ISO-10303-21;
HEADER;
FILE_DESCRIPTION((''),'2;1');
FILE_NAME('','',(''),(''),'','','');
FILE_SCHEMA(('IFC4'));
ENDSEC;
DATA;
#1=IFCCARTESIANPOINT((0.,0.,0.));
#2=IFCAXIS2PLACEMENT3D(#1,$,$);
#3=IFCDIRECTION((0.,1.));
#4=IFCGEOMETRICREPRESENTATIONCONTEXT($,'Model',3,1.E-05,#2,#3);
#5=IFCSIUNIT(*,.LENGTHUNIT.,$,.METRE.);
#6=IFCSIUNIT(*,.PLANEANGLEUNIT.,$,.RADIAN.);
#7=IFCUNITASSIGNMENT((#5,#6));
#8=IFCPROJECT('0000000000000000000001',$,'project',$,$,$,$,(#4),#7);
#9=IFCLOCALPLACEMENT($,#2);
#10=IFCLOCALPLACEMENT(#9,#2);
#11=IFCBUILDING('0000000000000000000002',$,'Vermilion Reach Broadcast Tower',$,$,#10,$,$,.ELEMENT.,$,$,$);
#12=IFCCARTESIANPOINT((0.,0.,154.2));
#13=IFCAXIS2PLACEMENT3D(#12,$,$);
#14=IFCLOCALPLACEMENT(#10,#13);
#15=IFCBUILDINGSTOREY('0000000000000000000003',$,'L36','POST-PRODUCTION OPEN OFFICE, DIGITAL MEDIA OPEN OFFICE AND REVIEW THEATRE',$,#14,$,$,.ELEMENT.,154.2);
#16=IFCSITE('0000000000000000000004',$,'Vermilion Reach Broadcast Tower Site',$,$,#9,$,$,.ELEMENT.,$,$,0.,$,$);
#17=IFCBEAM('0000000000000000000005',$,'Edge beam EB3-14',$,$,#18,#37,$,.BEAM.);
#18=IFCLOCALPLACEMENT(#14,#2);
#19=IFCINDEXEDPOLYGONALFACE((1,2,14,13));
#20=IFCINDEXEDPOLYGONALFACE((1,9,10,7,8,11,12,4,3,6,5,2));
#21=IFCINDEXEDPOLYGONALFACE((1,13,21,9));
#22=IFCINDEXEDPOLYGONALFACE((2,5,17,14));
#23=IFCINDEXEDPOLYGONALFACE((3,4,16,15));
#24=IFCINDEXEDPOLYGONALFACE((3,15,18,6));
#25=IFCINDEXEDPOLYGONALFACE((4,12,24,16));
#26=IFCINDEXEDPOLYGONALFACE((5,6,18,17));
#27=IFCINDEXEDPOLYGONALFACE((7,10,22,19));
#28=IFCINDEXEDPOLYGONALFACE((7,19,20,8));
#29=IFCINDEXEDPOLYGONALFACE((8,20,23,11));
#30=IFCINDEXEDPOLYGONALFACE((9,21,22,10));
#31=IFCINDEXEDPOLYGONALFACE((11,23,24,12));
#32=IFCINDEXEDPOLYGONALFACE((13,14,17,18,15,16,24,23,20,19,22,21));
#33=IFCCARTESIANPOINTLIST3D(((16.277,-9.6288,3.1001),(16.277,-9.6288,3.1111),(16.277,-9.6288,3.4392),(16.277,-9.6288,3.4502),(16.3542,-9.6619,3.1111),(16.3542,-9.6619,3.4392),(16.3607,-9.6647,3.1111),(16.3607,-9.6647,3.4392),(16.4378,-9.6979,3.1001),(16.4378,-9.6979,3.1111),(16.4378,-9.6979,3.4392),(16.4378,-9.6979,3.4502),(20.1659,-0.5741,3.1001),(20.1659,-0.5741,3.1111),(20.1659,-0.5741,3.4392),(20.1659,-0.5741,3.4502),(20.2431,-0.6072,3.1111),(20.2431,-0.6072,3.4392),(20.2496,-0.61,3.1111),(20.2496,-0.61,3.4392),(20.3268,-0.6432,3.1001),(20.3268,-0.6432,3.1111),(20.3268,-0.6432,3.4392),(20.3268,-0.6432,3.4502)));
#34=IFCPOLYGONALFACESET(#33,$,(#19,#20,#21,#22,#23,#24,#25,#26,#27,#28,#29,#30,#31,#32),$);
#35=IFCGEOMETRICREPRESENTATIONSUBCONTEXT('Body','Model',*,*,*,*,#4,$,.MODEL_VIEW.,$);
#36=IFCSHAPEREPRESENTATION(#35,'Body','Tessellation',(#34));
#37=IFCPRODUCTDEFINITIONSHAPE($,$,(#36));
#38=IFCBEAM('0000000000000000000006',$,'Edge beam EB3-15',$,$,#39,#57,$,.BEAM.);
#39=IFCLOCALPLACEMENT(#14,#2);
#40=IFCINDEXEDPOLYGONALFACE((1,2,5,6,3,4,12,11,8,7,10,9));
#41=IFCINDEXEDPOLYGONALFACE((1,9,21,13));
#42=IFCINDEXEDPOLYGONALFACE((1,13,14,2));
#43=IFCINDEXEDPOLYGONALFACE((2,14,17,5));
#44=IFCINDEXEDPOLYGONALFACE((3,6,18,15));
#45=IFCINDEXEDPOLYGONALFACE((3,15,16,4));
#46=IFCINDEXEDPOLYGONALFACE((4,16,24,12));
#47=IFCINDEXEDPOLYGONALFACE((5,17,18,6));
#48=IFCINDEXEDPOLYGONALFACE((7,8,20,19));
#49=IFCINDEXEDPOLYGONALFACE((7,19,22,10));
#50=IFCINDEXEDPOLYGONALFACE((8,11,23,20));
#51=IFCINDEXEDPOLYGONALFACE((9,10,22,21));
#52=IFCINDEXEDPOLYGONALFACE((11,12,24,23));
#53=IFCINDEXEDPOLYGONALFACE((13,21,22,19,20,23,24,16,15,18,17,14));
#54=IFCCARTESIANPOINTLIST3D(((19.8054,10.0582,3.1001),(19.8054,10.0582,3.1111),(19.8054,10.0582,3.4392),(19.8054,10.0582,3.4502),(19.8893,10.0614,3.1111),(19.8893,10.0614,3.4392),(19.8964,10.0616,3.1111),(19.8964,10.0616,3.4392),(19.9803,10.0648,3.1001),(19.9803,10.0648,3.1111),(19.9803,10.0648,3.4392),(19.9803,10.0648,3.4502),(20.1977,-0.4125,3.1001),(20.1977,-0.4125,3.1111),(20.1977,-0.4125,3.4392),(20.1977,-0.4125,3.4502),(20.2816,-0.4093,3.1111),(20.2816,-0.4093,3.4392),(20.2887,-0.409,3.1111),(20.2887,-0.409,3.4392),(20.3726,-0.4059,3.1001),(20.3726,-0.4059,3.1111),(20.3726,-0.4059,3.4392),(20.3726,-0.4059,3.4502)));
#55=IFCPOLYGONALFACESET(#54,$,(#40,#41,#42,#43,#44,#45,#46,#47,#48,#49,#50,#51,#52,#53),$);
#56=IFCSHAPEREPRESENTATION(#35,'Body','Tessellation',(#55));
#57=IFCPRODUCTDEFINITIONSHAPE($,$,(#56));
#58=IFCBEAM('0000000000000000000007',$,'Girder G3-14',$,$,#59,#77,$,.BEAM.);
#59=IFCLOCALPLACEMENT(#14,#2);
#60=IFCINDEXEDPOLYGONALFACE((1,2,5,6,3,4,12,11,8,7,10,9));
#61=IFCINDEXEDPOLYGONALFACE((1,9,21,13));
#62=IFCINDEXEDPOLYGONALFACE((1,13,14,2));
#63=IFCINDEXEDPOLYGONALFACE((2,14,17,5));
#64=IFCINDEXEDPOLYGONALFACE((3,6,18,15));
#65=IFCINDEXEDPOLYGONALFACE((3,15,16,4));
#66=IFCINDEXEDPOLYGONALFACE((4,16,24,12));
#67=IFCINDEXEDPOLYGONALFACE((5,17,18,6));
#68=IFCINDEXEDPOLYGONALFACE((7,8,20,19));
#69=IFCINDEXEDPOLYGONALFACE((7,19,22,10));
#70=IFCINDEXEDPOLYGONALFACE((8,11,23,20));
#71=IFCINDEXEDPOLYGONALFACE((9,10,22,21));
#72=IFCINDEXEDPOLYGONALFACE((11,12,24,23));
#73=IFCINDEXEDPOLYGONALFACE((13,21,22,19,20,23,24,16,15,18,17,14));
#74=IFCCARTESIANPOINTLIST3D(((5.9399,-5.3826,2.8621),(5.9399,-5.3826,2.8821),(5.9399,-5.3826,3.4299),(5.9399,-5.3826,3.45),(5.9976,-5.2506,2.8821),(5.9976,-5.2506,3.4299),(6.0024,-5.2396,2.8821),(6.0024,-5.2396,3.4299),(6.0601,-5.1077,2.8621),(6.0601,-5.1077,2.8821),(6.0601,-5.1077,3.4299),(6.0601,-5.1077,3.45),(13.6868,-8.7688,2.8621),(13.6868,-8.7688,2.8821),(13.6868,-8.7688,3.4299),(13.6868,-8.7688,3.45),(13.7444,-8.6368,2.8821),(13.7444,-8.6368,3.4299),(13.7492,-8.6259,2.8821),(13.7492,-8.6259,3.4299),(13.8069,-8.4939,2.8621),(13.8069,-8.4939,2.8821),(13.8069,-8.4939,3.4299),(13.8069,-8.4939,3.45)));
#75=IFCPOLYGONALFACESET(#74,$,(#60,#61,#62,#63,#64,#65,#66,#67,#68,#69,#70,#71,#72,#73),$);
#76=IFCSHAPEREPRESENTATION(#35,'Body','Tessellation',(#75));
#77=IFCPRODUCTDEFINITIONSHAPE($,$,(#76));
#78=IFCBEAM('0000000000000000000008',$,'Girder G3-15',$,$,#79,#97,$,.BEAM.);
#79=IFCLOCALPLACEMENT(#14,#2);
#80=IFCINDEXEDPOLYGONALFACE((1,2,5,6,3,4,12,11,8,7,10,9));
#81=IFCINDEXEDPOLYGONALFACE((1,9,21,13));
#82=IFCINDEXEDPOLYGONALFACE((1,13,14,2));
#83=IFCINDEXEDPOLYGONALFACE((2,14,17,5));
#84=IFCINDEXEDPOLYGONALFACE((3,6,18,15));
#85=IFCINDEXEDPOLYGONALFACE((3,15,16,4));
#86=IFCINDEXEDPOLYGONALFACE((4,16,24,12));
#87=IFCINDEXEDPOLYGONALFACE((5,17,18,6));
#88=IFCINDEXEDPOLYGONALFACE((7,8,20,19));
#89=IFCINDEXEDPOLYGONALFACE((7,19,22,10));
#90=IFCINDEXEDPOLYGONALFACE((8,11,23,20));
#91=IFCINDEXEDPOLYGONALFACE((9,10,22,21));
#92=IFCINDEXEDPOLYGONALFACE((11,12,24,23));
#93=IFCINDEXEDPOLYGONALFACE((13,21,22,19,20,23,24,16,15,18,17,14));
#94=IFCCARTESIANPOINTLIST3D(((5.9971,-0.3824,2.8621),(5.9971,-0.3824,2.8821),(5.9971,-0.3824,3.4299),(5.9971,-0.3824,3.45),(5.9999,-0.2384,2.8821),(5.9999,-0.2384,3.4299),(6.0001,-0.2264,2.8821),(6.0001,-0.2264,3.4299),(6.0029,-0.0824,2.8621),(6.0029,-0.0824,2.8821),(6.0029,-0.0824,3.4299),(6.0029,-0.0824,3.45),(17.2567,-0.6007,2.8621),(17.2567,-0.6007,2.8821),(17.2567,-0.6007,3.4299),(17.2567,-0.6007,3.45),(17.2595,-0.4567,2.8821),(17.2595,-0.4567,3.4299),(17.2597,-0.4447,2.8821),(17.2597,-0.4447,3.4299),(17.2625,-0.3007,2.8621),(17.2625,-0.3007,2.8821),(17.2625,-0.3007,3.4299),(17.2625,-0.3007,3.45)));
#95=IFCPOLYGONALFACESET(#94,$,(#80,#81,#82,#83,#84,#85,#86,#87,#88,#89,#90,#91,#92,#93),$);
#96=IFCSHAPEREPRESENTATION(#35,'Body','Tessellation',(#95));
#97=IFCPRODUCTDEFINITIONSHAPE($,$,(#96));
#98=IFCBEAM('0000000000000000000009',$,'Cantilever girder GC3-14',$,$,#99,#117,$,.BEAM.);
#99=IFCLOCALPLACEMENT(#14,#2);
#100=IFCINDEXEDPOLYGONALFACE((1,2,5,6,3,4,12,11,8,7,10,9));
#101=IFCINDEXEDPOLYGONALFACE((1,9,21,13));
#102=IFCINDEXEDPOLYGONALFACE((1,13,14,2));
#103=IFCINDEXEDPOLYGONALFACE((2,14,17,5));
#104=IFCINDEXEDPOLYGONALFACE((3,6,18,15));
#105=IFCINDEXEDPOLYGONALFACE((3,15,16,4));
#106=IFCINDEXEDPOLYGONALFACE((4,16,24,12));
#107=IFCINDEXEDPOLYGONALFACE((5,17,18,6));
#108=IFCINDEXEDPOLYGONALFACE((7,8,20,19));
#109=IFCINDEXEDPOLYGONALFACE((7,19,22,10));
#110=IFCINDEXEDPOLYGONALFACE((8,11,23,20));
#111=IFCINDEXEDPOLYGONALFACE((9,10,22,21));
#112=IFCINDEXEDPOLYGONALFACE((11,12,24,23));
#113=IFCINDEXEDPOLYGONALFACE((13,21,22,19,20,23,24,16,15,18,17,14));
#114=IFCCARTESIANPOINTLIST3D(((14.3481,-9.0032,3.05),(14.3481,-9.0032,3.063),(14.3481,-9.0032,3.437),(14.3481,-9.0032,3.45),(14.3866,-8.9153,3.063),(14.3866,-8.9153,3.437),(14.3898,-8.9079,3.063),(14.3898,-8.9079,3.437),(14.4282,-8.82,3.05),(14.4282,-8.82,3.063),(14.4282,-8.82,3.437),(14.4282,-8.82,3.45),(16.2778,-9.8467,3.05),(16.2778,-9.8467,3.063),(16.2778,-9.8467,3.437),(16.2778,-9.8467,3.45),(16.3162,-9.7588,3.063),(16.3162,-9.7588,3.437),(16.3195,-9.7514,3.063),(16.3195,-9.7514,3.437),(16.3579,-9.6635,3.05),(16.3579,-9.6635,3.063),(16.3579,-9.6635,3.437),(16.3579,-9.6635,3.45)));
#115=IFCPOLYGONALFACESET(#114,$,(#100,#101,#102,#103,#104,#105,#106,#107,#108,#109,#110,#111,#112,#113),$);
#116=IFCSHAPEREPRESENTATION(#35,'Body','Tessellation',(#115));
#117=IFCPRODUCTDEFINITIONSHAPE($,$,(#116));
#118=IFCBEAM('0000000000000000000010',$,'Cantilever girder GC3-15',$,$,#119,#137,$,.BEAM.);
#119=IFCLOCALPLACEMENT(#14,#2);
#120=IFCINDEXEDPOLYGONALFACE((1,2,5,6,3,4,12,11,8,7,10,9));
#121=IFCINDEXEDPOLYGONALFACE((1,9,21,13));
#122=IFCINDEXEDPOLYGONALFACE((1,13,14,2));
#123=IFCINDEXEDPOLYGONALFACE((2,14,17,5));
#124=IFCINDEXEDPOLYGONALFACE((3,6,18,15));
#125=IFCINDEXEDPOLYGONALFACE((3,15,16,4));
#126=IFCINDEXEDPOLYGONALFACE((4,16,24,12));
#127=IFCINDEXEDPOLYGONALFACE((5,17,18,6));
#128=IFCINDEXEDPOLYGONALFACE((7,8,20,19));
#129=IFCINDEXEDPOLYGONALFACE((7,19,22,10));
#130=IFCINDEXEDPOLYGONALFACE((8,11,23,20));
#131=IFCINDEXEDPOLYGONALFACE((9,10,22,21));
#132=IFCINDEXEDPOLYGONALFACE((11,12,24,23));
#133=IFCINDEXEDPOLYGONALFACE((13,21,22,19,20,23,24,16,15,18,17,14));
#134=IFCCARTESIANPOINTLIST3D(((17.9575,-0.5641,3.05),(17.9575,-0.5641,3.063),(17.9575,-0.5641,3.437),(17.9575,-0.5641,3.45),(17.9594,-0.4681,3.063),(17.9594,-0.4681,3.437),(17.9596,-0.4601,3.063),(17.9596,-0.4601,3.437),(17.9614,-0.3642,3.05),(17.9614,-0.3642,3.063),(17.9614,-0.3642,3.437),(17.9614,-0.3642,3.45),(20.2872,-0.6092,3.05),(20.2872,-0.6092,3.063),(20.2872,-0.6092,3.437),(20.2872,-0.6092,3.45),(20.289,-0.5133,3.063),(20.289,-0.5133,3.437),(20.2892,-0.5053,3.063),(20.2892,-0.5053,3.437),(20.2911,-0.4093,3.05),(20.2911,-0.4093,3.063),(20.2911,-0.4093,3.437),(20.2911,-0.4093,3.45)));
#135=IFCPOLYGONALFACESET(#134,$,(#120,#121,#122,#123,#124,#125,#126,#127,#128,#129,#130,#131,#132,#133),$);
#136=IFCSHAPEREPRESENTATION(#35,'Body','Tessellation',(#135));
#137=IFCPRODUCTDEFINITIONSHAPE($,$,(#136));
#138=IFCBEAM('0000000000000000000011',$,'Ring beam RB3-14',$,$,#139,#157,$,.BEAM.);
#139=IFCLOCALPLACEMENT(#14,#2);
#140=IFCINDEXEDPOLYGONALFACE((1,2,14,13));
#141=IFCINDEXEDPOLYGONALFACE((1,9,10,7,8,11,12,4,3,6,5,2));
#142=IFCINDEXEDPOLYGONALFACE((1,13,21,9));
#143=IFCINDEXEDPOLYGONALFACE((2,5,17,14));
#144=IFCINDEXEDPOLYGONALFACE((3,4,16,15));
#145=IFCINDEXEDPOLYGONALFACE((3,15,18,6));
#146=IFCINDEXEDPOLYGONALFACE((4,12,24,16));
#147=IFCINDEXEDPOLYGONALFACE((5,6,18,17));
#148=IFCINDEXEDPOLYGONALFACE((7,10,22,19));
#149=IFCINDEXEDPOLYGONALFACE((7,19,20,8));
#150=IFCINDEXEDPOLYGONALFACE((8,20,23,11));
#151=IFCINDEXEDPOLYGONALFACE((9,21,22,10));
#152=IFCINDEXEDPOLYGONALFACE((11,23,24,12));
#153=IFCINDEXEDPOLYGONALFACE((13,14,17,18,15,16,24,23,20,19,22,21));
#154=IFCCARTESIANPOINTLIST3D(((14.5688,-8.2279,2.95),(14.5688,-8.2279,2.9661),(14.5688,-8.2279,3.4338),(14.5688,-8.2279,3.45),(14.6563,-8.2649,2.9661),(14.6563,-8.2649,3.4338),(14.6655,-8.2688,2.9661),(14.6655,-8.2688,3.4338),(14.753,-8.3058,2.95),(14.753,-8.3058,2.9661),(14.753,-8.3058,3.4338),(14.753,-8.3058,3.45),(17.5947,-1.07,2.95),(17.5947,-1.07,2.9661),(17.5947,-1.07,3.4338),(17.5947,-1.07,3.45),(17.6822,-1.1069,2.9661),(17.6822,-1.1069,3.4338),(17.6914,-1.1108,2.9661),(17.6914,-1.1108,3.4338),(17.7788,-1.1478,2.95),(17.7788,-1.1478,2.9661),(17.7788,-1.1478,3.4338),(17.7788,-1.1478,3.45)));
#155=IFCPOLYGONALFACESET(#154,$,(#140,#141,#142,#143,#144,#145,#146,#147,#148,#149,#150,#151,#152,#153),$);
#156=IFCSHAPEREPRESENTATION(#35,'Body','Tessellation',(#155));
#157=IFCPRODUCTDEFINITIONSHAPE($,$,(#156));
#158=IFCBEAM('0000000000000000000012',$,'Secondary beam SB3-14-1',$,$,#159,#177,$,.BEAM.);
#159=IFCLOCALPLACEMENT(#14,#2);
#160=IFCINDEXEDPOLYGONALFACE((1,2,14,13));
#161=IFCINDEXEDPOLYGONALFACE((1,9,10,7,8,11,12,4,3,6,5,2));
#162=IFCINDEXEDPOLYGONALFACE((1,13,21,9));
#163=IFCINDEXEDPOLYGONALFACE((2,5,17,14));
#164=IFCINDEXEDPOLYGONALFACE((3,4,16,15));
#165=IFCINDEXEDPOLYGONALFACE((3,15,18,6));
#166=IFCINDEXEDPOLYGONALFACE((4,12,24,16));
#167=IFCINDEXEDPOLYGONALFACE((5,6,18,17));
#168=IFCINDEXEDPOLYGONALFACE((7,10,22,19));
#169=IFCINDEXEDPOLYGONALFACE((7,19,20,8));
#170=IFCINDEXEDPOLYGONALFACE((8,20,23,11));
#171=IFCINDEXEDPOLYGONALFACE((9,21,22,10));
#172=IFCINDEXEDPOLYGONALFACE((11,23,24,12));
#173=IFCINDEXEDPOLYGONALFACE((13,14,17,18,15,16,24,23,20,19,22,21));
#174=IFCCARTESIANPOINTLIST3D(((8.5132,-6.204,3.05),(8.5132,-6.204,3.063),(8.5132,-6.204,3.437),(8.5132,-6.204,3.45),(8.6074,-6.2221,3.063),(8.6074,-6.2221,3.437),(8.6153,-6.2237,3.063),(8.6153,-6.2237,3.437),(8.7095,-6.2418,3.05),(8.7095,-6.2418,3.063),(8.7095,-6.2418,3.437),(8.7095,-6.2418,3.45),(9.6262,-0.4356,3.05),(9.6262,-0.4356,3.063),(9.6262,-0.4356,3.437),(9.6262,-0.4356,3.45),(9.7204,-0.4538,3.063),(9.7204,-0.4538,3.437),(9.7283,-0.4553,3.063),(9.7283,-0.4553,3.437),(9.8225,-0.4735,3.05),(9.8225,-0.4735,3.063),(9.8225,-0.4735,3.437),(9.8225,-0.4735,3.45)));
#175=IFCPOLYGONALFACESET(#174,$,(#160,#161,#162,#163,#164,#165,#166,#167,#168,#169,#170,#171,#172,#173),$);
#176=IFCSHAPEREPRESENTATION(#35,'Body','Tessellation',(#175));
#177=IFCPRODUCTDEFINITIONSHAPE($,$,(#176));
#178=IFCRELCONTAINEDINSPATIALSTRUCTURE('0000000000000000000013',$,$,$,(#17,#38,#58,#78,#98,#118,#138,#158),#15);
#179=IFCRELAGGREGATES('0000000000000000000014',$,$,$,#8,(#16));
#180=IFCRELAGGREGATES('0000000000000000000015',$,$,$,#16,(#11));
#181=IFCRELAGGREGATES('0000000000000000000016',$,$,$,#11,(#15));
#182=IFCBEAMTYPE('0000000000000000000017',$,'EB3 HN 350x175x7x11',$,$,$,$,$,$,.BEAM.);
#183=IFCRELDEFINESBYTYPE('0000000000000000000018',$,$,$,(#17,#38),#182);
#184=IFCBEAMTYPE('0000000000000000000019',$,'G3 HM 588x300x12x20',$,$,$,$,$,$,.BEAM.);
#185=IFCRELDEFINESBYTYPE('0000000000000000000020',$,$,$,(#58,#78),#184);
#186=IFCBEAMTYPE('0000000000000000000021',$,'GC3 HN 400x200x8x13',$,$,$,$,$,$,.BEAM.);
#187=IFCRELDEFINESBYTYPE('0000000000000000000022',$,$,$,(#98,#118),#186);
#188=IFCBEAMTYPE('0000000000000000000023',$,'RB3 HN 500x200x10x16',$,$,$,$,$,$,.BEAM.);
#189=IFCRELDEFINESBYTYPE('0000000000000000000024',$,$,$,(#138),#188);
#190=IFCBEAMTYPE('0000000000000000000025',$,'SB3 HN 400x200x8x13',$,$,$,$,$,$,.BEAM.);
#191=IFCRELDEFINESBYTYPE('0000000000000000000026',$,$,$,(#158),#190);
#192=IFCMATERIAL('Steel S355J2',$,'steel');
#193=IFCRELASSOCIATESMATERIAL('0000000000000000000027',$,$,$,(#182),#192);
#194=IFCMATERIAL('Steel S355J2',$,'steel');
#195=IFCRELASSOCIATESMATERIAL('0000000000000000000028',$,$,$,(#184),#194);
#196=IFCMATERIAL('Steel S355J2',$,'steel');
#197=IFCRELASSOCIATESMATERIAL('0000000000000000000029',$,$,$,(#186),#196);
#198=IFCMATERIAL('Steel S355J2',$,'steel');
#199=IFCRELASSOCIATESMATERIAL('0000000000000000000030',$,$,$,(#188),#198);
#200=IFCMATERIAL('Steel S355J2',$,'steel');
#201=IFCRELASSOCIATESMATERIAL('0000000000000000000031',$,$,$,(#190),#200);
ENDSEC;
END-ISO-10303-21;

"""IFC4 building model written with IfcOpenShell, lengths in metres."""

from ifc_helpers import new_model, si_unit, direction, frame, origin, origin_2d, place, context, subcontext, project, spatial, i_section, extrude, material, material_profile, profile_set, type_object, element, save


model = new_model("IFC4")

# Units and contexts
model_context = context("Model", 3, precision=1e-05, world=origin(), true_north=direction((0.0, 1.0)))
body_context = subcontext(model_context, "Body", "Model", "MODEL_VIEW")
ifc_project = project(units=[si_unit("LENGTHUNIT", "METRE"), si_unit("PLANEANGLEUNIT", "RADIAN")], contexts=[model_context])

# Site, building, storey
site_placement = place(None, origin())
site = spatial("IfcSite", under=ifc_project, at=site_placement, Name="Vermilion Reach Broadcast Tower Site", CompositionType="ELEMENT", RefElevation=0.0)
building_placement = place(site_placement, origin())
building = spatial("IfcBuilding", under=site, at=building_placement, Name="Vermilion Reach Broadcast Tower", CompositionType="ELEMENT")
storey_placement = place(building_placement, frame((0.0, 0.0, 154.2)))
storey = spatial("IfcBuildingStorey", under=building, at=storey_placement, Name="L36", Description="POST-PRODUCTION OPEN OFFICE, DIGITAL MEDIA OPEN OFFICE AND REVIEW THEATRE", CompositionType="ELEMENT", Elevation=154.2)

# Beams
ifc_material_1 = material(Name="Steel S355J2", Category="steel")
ifc_material_profile_1 = material_profile(ifc_material_1, i_section(OverallWidth=0.175, OverallDepth=0.3501, WebThickness=0.0071, FlangeThickness=0.011, at=origin_2d()), Name="S355J2 HN 350x175x7x11")
ifc_profile_set_1 = profile_set([ifc_material_profile_1], Name="Steel S355J2")
beam_type_1 = type_object("IfcBeamType", Name="EB3 HN 350x175x7x11", PredefinedType="BEAM", material=ifc_profile_set_1)
beam_1_placement = place(storey_placement, frame((16.3574, -9.6633, 3.2751), z_axis=(0.394634, 0.918838, 0.0), x_axis=(-0.918838, 0.394634, 0.0)))
element("IfcBeam", 1, at=beam_1_placement, inside=storey, type_object=beam_type_1, Name="Edge beam EB3-14", PredefinedType="BEAM", context=body_context, shape_type="SweptSolid", body=[
    extrude(i_section(OverallWidth=0.175, OverallDepth=0.3501, WebThickness=0.0071, FlangeThickness=0.011, at=origin_2d()), origin(), (0.0, 0.0, 1.0), 9.8545),
])
beam_2_placement = place(storey_placement, frame((20.2852, -0.4092, 3.2751), z_axis=(-0.037443, 0.999299, 0.0), x_axis=(-0.999299, -0.037443, 0.0)))
element("IfcBeam", 2, at=beam_2_placement, inside=storey, type_object=beam_type_1, Name="Edge beam EB3-15", PredefinedType="BEAM", context=body_context, shape_type="SweptSolid", body=[
    extrude(i_section(OverallWidth=0.175, OverallDepth=0.3501, WebThickness=0.0071, FlangeThickness=0.011, at=origin_2d()), origin(), (0.0, 0.0, 1.0), 10.478),
])
ifc_material_2 = material(Name="Steel S355J2", Category="steel")
ifc_material_profile_2 = material_profile(ifc_material_2, i_section(OverallWidth=0.3, OverallDepth=0.5879, WebThickness=0.012, FlangeThickness=0.02, at=origin_2d()), Name="S355J2 HM 588x300x12x20")
ifc_profile_set_2 = profile_set([ifc_material_profile_2], Name="Steel S355J2")
beam_type_2 = type_object("IfcBeamType", Name="G3 HM 588x300x12x20", PredefinedType="BEAM", material=ifc_profile_set_2)
beam_3_placement = place(storey_placement, frame((6.0, -5.2451, 3.156), z_axis=(0.916288, -0.40052, 0.0), x_axis=(0.40052, 0.916288, 0.0)))
element("IfcBeam", 3, at=beam_3_placement, inside=storey, type_object=beam_type_2, Name="Girder G3-14", PredefinedType="BEAM", context=body_context, shape_type="SweptSolid", body=[
    extrude(i_section(OverallWidth=0.3, OverallDepth=0.5879, WebThickness=0.012, FlangeThickness=0.02, at=origin_2d()), origin(), (0.0, 0.0, 1.0), 8.4546),
])
beam_4_placement = place(storey_placement, frame((6.0, -0.2324, 3.156), z_axis=(0.999812, -0.019381, 0.0), x_axis=(0.019381, 0.999812, 0.0)))
element("IfcBeam", 4, at=beam_4_placement, inside=storey, type_object=beam_type_2, Name="Girder G3-15", PredefinedType="BEAM", context=body_context, shape_type="SweptSolid", body=[
    extrude(i_section(OverallWidth=0.3, OverallDepth=0.5879, WebThickness=0.012, FlangeThickness=0.02, at=origin_2d()), origin(), (0.0, 0.0, 1.0), 11.2617),
])
ifc_material_3 = material(Name="Steel S355J2", Category="steel")
ifc_material_profile_3 = material_profile(ifc_material_3, i_section(OverallWidth=0.2, OverallDepth=0.3999, WebThickness=0.0081, FlangeThickness=0.0129, at=origin_2d()), Name="S355J2 HN 400x200x8x13")
ifc_profile_set_3 = profile_set([ifc_material_profile_3], Name="Steel S355J2")
beam_type_3 = type_object("IfcBeamType", Name="GC3 HN 400x200x8x13", PredefinedType="BEAM", material=ifc_profile_set_3)
beam_5_placement = place(storey_placement, frame((14.3882, -8.9116, 3.25), z_axis=(0.916285, -0.400527, 0.0), x_axis=(0.400527, 0.916285, 0.0)))
element("IfcBeam", 5, at=beam_5_placement, inside=storey, type_object=beam_type_3, Name="Cantilever girder GC3-14", PredefinedType="BEAM", context=body_context, shape_type="SweptSolid", body=[
    extrude(i_section(OverallWidth=0.2, OverallDepth=0.3999, WebThickness=0.0081, FlangeThickness=0.0129, at=origin_2d()), origin(), (0.0, 0.0, 1.0), 2.106),
])
beam_6_placement = place(storey_placement, frame((17.9595, -0.4641, 3.25), z_axis=(0.999812, -0.019384, 0.0), x_axis=(0.019384, 0.999812, 0.0)))
element("IfcBeam", 6, at=beam_6_placement, inside=storey, type_object=beam_type_3, Name="Cantilever girder GC3-15", PredefinedType="BEAM", context=body_context, shape_type="SweptSolid", body=[
    extrude(i_section(OverallWidth=0.2, OverallDepth=0.3999, WebThickness=0.0081, FlangeThickness=0.0129, at=origin_2d()), origin(), (0.0, 0.0, 1.0), 2.3301),
])
ifc_material_4 = material(Name="Steel S355J2", Category="steel")
ifc_material_profile_4 = material_profile(ifc_material_4, i_section(OverallWidth=0.2, OverallDepth=0.5, WebThickness=0.01, FlangeThickness=0.0161, at=origin_2d()), Name="S355J2 HN 500x200x10x16")
ifc_profile_set_4 = profile_set([ifc_material_profile_4], Name="Steel S355J2")
beam_type_4 = type_object("IfcBeamType", Name="RB3 HN 500x200x10x16", PredefinedType="BEAM", material=ifc_profile_set_4)
beam_7_placement = place(storey_placement, frame((14.6609, -8.2668, 3.2), z_axis=(0.389368, 0.921082, 0.0), x_axis=(-0.921082, 0.389368, 0.0)))
element("IfcBeam", 7, at=beam_7_placement, inside=storey, type_object=beam_type_4, Name="Ring beam RB3-14", PredefinedType="BEAM", context=body_context, shape_type="SweptSolid", body=[
    extrude(i_section(OverallWidth=0.2, OverallDepth=0.5, WebThickness=0.01, FlangeThickness=0.0161, at=origin_2d()), origin(), (0.0, 0.0, 1.0), 7.7712),
])
ifc_material_5 = material(Name="Steel S355J2", Category="steel")
ifc_material_profile_5 = material_profile(ifc_material_5, i_section(OverallWidth=0.2, OverallDepth=0.3999, WebThickness=0.0081, FlangeThickness=0.0129, at=origin_2d()), Name="S355J2 HN 400x200x8x13")
ifc_profile_set_5 = profile_set([ifc_material_profile_5], Name="Steel S355J2")
beam_type_5 = type_object("IfcBeamType", Name="SB3 HN 400x200x8x13", PredefinedType="BEAM", material=ifc_profile_set_5)
beam_8_placement = place(storey_placement, frame((8.6113, -6.2229, 3.25), z_axis=(0.189462, 0.981888, 0.0), x_axis=(-0.981888, 0.189462, 0.0)))
element("IfcBeam", 8, at=beam_8_placement, inside=storey, type_object=beam_type_5, Name="Secondary beam SB3-14-1", PredefinedType="BEAM", context=body_context, shape_type="SweptSolid", body=[
    extrude(i_section(OverallWidth=0.2, OverallDepth=0.3999, WebThickness=0.0081, FlangeThickness=0.0129, at=origin_2d()), origin(), (0.0, 0.0, 1.0), 5.8748),
])

save(model, "model.ifc")
